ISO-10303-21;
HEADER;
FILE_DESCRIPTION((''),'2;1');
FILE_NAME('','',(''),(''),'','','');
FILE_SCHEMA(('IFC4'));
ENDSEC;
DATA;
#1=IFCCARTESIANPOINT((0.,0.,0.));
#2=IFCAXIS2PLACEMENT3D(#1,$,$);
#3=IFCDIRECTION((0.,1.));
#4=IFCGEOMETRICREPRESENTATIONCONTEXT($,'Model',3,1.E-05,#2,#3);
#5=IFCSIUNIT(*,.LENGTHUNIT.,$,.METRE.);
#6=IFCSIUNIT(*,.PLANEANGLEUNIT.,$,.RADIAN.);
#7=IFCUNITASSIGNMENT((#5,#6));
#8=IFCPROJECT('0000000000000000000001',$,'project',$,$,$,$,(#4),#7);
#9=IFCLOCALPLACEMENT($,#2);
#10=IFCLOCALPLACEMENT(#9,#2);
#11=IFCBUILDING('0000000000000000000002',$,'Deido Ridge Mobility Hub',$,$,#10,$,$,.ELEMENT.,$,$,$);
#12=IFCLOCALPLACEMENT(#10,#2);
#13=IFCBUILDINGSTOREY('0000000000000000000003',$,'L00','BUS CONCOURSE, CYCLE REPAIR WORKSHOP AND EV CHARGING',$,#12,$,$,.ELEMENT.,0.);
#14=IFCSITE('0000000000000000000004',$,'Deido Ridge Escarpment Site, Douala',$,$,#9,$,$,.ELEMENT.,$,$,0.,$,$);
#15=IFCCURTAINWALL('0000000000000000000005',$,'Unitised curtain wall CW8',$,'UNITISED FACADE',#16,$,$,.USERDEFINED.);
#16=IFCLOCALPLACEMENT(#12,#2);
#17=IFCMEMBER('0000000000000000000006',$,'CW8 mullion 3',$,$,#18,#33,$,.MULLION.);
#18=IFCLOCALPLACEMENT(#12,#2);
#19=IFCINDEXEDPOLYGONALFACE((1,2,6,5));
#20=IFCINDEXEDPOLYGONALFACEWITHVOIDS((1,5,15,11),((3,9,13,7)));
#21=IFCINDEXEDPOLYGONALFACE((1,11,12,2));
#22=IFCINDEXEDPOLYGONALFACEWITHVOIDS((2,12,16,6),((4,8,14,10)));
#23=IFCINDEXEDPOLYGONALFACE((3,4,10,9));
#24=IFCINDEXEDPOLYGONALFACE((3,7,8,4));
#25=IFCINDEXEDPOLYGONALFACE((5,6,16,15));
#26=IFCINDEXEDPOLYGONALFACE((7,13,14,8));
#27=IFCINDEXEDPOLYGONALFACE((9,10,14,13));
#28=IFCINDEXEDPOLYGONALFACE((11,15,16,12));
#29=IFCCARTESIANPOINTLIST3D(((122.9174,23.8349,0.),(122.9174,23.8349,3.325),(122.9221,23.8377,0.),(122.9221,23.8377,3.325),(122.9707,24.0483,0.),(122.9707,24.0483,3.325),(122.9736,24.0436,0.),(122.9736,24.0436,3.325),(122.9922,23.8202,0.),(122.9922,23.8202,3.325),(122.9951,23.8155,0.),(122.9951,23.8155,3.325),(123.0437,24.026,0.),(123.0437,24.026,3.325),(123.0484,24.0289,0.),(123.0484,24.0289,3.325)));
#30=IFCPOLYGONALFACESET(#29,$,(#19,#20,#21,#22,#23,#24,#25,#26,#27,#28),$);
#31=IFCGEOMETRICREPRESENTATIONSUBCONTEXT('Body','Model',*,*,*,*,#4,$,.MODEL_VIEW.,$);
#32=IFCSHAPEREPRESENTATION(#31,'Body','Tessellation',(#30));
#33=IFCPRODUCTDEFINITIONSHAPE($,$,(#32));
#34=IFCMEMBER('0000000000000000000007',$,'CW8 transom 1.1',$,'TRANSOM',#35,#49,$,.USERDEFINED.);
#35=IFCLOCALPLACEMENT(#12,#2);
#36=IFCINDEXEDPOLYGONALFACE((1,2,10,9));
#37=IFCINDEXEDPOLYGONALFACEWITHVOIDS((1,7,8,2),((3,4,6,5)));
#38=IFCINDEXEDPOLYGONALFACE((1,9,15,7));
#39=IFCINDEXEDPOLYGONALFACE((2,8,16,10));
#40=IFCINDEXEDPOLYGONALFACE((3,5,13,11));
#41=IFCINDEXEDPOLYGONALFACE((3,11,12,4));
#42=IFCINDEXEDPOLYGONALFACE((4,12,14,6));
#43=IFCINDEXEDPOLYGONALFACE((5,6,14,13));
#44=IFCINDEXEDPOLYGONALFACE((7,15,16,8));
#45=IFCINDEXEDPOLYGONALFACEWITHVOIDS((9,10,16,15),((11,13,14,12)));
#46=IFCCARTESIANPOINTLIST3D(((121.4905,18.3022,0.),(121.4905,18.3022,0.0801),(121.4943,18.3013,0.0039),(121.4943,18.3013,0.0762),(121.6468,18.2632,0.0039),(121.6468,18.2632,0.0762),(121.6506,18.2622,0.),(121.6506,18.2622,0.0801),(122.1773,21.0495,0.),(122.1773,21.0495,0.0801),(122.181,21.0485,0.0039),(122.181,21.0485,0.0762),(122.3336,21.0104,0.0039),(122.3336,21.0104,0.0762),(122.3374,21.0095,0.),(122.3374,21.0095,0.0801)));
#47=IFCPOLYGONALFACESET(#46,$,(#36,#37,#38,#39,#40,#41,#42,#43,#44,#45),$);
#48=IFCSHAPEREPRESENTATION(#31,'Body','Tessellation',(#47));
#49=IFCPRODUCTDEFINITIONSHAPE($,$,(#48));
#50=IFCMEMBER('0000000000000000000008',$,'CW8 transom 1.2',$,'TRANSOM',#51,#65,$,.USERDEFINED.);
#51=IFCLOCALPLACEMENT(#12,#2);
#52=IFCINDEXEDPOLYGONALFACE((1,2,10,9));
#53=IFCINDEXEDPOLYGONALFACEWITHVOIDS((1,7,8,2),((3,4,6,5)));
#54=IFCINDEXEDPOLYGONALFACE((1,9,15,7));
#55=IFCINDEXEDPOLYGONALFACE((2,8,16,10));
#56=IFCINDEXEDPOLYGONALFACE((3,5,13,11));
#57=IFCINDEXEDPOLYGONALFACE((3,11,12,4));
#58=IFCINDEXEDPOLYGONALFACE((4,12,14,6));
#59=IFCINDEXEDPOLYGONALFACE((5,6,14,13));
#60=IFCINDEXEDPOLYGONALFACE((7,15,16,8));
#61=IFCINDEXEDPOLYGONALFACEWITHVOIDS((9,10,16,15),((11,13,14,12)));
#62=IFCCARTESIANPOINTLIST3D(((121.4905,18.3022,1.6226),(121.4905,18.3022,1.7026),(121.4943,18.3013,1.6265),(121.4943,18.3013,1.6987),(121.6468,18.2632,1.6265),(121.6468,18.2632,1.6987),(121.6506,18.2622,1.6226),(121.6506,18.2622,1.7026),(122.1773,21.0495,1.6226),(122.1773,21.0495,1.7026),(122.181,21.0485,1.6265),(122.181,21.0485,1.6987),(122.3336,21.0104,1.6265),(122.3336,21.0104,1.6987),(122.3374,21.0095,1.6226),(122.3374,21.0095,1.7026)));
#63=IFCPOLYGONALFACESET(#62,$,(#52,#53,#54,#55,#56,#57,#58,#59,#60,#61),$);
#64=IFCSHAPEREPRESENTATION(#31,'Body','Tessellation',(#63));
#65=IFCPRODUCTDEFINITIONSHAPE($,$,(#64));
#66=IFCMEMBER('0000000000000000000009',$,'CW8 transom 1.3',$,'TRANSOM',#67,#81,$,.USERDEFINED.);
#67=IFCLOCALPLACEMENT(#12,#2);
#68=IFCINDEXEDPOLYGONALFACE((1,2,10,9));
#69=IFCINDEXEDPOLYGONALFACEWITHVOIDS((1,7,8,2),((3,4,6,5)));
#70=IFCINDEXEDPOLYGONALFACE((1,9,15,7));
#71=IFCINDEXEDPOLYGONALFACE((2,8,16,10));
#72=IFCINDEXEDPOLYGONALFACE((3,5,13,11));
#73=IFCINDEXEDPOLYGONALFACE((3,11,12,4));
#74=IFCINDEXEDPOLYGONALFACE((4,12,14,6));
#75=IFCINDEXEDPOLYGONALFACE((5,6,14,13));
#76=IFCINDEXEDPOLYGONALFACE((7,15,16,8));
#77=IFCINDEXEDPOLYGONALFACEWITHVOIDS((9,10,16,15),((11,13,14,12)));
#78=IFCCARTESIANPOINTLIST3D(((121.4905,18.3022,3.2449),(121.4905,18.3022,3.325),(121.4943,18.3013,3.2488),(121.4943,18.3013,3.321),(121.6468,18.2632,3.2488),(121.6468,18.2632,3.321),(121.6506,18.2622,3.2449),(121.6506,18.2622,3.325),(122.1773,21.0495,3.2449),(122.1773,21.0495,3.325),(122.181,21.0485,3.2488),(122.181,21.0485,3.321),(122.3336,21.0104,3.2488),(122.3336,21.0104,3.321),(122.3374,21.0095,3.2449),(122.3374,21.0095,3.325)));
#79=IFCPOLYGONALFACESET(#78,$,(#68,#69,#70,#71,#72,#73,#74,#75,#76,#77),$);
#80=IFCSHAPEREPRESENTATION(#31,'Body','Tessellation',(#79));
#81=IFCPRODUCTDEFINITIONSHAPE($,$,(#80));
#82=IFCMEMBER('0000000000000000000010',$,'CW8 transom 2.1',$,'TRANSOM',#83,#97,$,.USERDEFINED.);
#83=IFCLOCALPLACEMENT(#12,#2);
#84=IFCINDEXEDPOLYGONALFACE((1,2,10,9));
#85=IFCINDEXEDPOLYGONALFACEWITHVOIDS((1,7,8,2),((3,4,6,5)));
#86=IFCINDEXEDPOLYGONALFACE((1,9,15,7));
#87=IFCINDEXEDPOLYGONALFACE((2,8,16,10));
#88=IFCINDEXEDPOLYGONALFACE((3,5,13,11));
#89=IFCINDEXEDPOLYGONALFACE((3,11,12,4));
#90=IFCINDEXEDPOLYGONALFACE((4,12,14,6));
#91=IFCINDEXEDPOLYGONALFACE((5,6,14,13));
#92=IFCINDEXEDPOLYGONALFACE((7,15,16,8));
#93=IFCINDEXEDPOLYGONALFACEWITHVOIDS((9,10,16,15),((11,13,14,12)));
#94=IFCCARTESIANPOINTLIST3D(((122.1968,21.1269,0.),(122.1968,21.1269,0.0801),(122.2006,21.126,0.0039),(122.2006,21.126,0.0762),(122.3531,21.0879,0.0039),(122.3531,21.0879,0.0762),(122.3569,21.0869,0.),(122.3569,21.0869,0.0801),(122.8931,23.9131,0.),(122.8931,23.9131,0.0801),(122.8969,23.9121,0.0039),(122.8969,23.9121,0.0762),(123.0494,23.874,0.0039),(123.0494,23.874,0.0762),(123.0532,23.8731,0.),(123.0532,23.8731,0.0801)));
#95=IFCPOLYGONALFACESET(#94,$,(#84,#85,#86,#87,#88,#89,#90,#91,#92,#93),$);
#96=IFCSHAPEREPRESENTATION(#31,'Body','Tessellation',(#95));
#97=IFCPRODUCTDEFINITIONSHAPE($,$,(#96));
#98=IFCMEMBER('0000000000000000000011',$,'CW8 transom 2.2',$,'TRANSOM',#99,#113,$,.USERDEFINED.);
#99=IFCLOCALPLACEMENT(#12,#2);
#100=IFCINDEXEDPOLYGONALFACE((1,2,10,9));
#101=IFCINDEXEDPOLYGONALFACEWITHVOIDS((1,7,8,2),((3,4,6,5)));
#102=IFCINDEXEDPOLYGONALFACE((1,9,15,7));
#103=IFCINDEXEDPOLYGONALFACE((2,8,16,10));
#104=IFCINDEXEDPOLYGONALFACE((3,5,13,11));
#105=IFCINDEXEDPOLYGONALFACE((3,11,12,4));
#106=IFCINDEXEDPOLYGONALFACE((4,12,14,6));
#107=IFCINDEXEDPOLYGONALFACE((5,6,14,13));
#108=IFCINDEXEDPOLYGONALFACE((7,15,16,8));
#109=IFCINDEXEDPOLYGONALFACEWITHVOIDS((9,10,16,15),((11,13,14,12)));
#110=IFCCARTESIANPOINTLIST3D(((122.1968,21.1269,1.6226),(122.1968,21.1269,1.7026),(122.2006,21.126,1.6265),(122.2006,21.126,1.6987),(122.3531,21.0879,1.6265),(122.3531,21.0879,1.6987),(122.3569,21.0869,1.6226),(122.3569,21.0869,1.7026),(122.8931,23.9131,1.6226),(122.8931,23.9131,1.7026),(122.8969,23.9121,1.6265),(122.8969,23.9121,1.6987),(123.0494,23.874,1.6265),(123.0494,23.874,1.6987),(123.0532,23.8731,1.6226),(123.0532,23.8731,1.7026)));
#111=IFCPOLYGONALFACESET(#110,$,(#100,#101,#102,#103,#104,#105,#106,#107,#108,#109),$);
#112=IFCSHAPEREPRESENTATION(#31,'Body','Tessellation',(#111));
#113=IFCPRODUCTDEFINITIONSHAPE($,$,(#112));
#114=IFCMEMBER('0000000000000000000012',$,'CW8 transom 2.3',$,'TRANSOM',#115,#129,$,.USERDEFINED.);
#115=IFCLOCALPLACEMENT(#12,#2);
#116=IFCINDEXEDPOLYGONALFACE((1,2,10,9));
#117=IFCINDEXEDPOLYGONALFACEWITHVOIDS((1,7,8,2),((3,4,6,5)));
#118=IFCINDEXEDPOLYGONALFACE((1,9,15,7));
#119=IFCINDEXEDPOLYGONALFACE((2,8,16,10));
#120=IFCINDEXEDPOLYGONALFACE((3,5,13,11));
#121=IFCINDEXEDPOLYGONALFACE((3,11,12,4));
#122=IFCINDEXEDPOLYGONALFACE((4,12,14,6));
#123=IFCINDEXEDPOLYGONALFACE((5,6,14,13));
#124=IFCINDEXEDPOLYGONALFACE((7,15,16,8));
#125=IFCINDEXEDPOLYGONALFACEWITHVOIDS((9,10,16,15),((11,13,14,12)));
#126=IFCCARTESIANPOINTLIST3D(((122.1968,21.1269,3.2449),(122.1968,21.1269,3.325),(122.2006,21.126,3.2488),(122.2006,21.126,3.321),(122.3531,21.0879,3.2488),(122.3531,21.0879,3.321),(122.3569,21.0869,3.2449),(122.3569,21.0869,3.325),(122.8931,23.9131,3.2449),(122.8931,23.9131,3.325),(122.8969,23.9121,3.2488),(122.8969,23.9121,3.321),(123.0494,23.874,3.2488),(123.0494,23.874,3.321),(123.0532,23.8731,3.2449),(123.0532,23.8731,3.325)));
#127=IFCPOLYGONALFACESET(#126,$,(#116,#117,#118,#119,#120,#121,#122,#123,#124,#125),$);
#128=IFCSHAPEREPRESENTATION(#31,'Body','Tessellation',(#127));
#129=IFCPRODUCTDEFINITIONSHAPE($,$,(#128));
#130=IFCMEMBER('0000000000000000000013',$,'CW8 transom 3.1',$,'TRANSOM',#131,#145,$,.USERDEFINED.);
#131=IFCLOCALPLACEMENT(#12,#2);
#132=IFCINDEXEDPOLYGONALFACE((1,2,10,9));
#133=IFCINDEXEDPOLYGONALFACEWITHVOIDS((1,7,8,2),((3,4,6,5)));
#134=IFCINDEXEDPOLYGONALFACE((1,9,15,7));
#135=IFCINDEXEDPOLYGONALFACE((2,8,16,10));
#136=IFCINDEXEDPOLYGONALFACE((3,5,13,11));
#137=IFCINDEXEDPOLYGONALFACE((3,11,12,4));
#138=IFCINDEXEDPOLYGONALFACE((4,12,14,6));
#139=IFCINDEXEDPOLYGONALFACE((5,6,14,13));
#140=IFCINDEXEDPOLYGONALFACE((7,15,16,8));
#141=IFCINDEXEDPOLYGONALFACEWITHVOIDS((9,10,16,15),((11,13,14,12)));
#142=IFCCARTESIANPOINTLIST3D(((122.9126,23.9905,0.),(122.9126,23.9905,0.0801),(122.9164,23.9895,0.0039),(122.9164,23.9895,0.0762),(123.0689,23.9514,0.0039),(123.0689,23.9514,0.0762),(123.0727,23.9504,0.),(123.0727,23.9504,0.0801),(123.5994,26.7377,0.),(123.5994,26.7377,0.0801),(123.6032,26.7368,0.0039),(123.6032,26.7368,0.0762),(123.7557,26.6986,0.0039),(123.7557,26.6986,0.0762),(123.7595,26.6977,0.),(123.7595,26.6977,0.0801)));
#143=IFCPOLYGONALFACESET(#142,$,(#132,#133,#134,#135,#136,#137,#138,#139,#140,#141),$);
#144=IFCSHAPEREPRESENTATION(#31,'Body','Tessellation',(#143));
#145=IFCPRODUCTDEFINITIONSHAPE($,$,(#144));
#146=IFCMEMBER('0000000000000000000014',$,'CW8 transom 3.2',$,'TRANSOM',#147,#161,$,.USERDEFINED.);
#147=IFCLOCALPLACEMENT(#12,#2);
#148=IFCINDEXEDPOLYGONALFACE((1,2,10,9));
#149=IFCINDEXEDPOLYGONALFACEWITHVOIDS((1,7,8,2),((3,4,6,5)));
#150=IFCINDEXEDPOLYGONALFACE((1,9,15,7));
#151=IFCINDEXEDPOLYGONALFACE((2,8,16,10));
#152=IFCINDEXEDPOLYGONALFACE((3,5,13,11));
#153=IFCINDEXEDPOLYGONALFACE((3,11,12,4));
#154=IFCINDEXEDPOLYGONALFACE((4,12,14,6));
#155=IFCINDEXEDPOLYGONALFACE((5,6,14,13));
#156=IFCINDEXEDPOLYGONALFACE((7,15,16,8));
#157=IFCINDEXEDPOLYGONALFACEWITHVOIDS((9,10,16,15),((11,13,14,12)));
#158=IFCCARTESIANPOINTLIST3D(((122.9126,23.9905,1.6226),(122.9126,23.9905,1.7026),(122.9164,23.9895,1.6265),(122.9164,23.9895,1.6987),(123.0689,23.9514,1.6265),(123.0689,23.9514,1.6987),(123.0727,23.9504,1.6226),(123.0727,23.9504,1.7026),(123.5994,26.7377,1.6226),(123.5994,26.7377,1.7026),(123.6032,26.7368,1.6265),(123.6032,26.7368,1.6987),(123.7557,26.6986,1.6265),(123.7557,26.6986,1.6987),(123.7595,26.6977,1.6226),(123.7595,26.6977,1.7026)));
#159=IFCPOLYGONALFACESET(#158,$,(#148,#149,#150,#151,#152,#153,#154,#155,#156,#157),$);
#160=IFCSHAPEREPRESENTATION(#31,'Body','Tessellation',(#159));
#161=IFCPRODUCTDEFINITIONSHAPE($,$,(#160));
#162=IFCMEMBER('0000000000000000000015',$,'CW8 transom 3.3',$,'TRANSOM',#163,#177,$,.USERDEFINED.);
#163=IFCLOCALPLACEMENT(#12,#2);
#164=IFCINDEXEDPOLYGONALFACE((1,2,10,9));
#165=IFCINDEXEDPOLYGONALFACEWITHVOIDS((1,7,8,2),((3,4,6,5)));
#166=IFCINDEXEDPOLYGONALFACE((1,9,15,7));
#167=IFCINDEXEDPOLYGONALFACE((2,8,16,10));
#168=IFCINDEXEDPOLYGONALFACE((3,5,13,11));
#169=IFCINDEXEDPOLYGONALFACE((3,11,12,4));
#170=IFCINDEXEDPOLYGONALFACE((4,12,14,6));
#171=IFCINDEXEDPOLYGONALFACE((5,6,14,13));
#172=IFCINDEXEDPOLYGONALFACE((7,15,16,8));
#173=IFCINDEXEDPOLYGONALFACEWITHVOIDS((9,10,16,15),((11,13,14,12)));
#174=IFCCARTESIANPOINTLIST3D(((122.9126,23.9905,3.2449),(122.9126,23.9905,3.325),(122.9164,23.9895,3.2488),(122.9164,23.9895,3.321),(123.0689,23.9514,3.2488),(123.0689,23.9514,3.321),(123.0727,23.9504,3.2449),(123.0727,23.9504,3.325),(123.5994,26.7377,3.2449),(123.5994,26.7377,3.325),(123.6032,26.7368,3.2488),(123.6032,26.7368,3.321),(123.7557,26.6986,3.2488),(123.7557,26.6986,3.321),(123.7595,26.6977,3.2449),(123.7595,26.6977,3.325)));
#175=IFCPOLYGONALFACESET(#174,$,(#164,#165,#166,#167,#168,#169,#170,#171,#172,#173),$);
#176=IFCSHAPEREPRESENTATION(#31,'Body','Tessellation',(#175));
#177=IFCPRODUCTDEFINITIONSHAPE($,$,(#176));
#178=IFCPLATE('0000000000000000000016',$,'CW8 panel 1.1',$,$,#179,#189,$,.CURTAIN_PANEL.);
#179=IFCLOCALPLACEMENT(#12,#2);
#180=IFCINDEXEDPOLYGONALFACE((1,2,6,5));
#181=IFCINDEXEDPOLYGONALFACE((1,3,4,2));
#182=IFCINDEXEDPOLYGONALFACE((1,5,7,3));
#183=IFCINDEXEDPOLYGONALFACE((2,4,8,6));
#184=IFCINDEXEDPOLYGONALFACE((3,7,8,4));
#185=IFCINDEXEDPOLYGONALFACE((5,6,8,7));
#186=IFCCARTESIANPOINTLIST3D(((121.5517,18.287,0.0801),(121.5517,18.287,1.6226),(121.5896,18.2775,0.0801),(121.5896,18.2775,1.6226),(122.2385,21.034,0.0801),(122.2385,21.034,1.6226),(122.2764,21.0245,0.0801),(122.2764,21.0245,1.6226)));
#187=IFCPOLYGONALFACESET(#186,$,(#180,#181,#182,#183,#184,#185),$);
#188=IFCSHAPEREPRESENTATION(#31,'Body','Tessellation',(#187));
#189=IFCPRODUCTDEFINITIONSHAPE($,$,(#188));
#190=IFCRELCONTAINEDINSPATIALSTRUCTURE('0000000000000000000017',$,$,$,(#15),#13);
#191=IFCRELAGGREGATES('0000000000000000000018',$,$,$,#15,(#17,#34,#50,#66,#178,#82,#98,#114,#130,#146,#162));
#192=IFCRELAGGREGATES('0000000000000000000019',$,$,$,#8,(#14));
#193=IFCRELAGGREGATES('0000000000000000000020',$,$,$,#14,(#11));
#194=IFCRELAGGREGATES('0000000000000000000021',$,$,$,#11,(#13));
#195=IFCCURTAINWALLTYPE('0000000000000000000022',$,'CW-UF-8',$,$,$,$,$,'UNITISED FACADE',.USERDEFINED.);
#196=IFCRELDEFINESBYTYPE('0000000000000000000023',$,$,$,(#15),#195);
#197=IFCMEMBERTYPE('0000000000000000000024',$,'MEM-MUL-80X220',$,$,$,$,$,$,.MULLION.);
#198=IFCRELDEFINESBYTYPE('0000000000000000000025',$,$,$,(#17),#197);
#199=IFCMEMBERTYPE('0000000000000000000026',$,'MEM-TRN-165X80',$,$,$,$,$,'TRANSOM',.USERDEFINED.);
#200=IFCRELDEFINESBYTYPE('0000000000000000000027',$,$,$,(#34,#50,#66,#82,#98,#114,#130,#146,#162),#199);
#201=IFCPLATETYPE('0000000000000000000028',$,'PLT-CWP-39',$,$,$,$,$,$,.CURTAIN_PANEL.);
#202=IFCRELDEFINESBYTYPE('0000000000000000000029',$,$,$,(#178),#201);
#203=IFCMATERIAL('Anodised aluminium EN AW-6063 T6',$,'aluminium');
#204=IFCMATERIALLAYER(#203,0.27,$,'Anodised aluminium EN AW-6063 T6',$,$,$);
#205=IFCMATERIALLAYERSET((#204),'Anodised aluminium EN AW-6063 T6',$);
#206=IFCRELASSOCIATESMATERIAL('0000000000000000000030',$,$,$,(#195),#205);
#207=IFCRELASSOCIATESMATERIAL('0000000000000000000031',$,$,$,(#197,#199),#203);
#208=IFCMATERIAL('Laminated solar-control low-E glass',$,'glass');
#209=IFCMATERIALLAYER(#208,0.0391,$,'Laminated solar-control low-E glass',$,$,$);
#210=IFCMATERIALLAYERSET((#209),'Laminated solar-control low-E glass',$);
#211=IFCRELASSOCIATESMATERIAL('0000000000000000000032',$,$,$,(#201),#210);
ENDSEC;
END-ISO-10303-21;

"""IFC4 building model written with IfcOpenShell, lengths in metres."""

from ifc_helpers import new_model, si_unit, direction, frame, origin, origin_2d, place, context, subcontext, project, spatial, rectangle, hollow_rectangle, extrude, material, layer, layer_set, material_profile, profile_set, type_object, element, aggregate, save


model = new_model("IFC4")

# Units and contexts
model_context = context("Model", 3, precision=1e-05, world=origin(), true_north=direction((0.0, 1.0)))
body_context = subcontext(model_context, "Body", "Model", "MODEL_VIEW")
ifc_project = project(units=[si_unit("LENGTHUNIT", "METRE"), si_unit("PLANEANGLEUNIT", "RADIAN")], contexts=[model_context])

# Site, building, storey
site_placement = place(None, origin())
site = spatial("IfcSite", under=ifc_project, at=site_placement, Name="Deido Ridge Escarpment Site, Douala", CompositionType="ELEMENT", RefElevation=0.0)
building_placement = place(site_placement, origin())
building = spatial("IfcBuilding", under=site, at=building_placement, Name="Deido Ridge Mobility Hub", CompositionType="ELEMENT")
storey_placement = place(building_placement, origin())
storey = spatial("IfcBuildingStorey", under=building, at=storey_placement, Name="L00", Description="BUS CONCOURSE, CYCLE REPAIR WORKSHOP AND EV CHARGING", CompositionType="ELEMENT", Elevation=0.0)

# Curtain wall, members, plate
ifc_material_1 = material(Name="Anodised aluminium EN AW-6063 T6", Category="aluminium")
ifc_layer_1 = layer(ifc_material_1, 0.27, Name="Anodised aluminium EN AW-6063 T6")
ifc_layer_set_1 = layer_set([ifc_layer_1], Name="Anodised aluminium EN AW-6063 T6")
curtain_wall_type = type_object("IfcCurtainWallType", Name="CW-UF-8", ElementType="UNITISED FACADE", PredefinedType="USERDEFINED", material=ifc_layer_set_1)
curtain_wall_placement = place(storey_placement, origin())
curtain_wall = element("IfcCurtainWall", 1, at=curtain_wall_placement, inside=storey, type_object=curtain_wall_type, Name="Unitised curtain wall CW8", ObjectType="UNITISED FACADE", PredefinedType="USERDEFINED")
ifc_material_profile_1 = material_profile(ifc_material_1, hollow_rectangle(XDim=0.0801, YDim=0.22, WallThickness=0.0039, at=origin_2d()), Name="RHS 80x220x4")
ifc_profile_set_1 = profile_set([ifc_material_profile_1], Name="Anodised aluminium EN AW-6063 T6")
member_type_1 = type_object("IfcMemberType", Name="MEM-MUL-80X220", PredefinedType="MULLION", material=ifc_profile_set_1)
member_1_placement = place(storey_placement, frame((122.9829, 23.9319, 0.0), z_axis=(0.0, 0.0, 1.0), x_axis=(-0.970144, 0.24253, 0.0)))
member_1 = element("IfcMember", 2, at=member_1_placement, type_object=member_type_1, Name="CW8 mullion 3", PredefinedType="MULLION", context=body_context, shape_type="SweptSolid", body=[
    extrude(hollow_rectangle(XDim=0.0801, YDim=0.22, WallThickness=0.0039, at=origin_2d()), origin(), (0.0, 0.0, 1.0), 3.325),
])
ifc_material_profile_2 = material_profile(ifc_material_1, hollow_rectangle(XDim=0.165, YDim=0.0801, WallThickness=0.0039, at=origin_2d()), Name="RHS 165x80x4")
ifc_profile_set_2 = profile_set([ifc_material_profile_2], Name="Anodised aluminium EN AW-6063 T6")
member_type_2 = type_object("IfcMemberType", Name="MEM-TRN-165X80", ElementType="TRANSOM", PredefinedType="USERDEFINED", material=ifc_profile_set_2)
member_2_placement = place(storey_placement, frame((121.5706, 18.2822, 0.04), z_axis=(0.242515, 0.970148, 0.0), x_axis=(-0.970148, 0.242515, 0.0)))
member_2 = element("IfcMember", 3, at=member_2_placement, type_object=member_type_2, Name="CW8 transom 1.1", ObjectType="TRANSOM", PredefinedType="USERDEFINED", context=body_context, shape_type="SweptSolid", body=[
    extrude(hollow_rectangle(XDim=0.165, YDim=0.0801, WallThickness=0.0039, at=origin_2d()), origin(), (0.0, 0.0, 1.0), 2.8318),
])
member_3_placement = place(storey_placement, frame((121.5706, 18.2822, 1.6626), z_axis=(0.242515, 0.970148, 0.0), x_axis=(-0.970148, 0.242515, 0.0)))
member_3 = element("IfcMember", 4, at=member_3_placement, type_object=member_type_2, Name="CW8 transom 1.2", ObjectType="TRANSOM", PredefinedType="USERDEFINED", context=body_context, shape_type="SweptSolid", body=[
    extrude(hollow_rectangle(XDim=0.165, YDim=0.0801, WallThickness=0.0039, at=origin_2d()), origin(), (0.0, 0.0, 1.0), 2.8318),
])
member_4_placement = place(storey_placement, frame((121.5706, 18.2822, 3.2849), z_axis=(0.242515, 0.970148, 0.0), x_axis=(-0.970148, 0.242515, 0.0)))
member_4 = element("IfcMember", 5, at=member_4_placement, type_object=member_type_2, Name="CW8 transom 1.3", ObjectType="TRANSOM", PredefinedType="USERDEFINED", context=body_context, shape_type="SweptSolid", body=[
    extrude(hollow_rectangle(XDim=0.165, YDim=0.0801, WallThickness=0.0039, at=origin_2d()), origin(), (0.0, 0.0, 1.0), 2.8318),
])
member_5_placement = place(storey_placement, frame((122.2769, 21.1069, 0.04), z_axis=(0.242456, 0.970162, 0.0), x_axis=(-0.970162, 0.242456, 0.0)))
member_5 = element("IfcMember", 6, at=member_5_placement, type_object=member_type_2, Name="CW8 transom 2.1", ObjectType="TRANSOM", PredefinedType="USERDEFINED", context=body_context, shape_type="SweptSolid", body=[
    extrude(hollow_rectangle(XDim=0.165, YDim=0.0801, WallThickness=0.0039, at=origin_2d()), origin(), (0.0, 0.0, 1.0), 2.8718),
])
member_6_placement = place(storey_placement, frame((122.2769, 21.1069, 1.6626), z_axis=(0.242456, 0.970162, 0.0), x_axis=(-0.970162, 0.242456, 0.0)))
member_6 = element("IfcMember", 7, at=member_6_placement, type_object=member_type_2, Name="CW8 transom 2.2", ObjectType="TRANSOM", PredefinedType="USERDEFINED", context=body_context, shape_type="SweptSolid", body=[
    extrude(hollow_rectangle(XDim=0.165, YDim=0.0801, WallThickness=0.0039, at=origin_2d()), origin(), (0.0, 0.0, 1.0), 2.8718),
])
member_7_placement = place(storey_placement, frame((122.2769, 21.1069, 3.2849), z_axis=(0.242456, 0.970162, 0.0), x_axis=(-0.970162, 0.242456, 0.0)))
member_7 = element("IfcMember", 8, at=member_7_placement, type_object=member_type_2, Name="CW8 transom 2.3", ObjectType="TRANSOM", PredefinedType="USERDEFINED", context=body_context, shape_type="SweptSolid", body=[
    extrude(hollow_rectangle(XDim=0.165, YDim=0.0801, WallThickness=0.0039, at=origin_2d()), origin(), (0.0, 0.0, 1.0), 2.8718),
])
member_8_placement = place(storey_placement, frame((122.9927, 23.9705, 0.04), z_axis=(0.242515, 0.970148, 0.0), x_axis=(-0.970148, 0.242515, 0.0)))
member_8 = element("IfcMember", 9, at=member_8_placement, type_object=member_type_2, Name="CW8 transom 3.1", ObjectType="TRANSOM", PredefinedType="USERDEFINED", context=body_context, shape_type="SweptSolid", body=[
    extrude(hollow_rectangle(XDim=0.165, YDim=0.0801, WallThickness=0.0039, at=origin_2d()), origin(), (0.0, 0.0, 1.0), 2.8318),
])
member_9_placement = place(storey_placement, frame((122.9927, 23.9705, 1.6626), z_axis=(0.242515, 0.970148, 0.0), x_axis=(-0.970148, 0.242515, 0.0)))
member_9 = element("IfcMember", 10, at=member_9_placement, type_object=member_type_2, Name="CW8 transom 3.2", ObjectType="TRANSOM", PredefinedType="USERDEFINED", context=body_context, shape_type="SweptSolid", body=[
    extrude(hollow_rectangle(XDim=0.165, YDim=0.0801, WallThickness=0.0039, at=origin_2d()), origin(), (0.0, 0.0, 1.0), 2.8318),
])
member_10_placement = place(storey_placement, frame((122.9927, 23.9705, 3.2849), z_axis=(0.242515, 0.970148, 0.0), x_axis=(-0.970148, 0.242515, 0.0)))
member_10 = element("IfcMember", 11, at=member_10_placement, type_object=member_type_2, Name="CW8 transom 3.3", ObjectType="TRANSOM", PredefinedType="USERDEFINED", context=body_context, shape_type="SweptSolid", body=[
    extrude(hollow_rectangle(XDim=0.165, YDim=0.0801, WallThickness=0.0039, at=origin_2d()), origin(), (0.0, 0.0, 1.0), 2.8318),
])
ifc_material_2 = material(Name="Laminated solar-control low-E glass", Category="glass")
ifc_layer_2 = layer(ifc_material_2, 0.0391, Name="Laminated solar-control low-E glass")
ifc_layer_set_2 = layer_set([ifc_layer_2], Name="Laminated solar-control low-E glass")
plate_type = type_object("IfcPlateType", Name="PLT-CWP-39", PredefinedType="CURTAIN_PANEL", material=ifc_layer_set_2)
plate_1_placement = place(storey_placement, frame((121.9141, 19.6558, 0.0801), z_axis=(0.0, 0.0, 1.0), x_axis=(0.24253, 0.970144, 0.0)))
plate_1 = element("IfcPlate", 12, at=plate_1_placement, type_object=plate_type, Name="CW8 panel 1.1", PredefinedType="CURTAIN_PANEL", context=body_context, shape_type="SweptSolid", body=[
    extrude(rectangle(XDim=2.8315, YDim=0.0391, at=origin_2d()), origin(), (0.0, 0.0, 1.0), 1.5425),
])
aggregate(curtain_wall, [member_1, member_2, member_3, member_4, plate_1, member_5, member_6, member_7, member_8, member_9, member_10])

save(model, "model.ifc")
